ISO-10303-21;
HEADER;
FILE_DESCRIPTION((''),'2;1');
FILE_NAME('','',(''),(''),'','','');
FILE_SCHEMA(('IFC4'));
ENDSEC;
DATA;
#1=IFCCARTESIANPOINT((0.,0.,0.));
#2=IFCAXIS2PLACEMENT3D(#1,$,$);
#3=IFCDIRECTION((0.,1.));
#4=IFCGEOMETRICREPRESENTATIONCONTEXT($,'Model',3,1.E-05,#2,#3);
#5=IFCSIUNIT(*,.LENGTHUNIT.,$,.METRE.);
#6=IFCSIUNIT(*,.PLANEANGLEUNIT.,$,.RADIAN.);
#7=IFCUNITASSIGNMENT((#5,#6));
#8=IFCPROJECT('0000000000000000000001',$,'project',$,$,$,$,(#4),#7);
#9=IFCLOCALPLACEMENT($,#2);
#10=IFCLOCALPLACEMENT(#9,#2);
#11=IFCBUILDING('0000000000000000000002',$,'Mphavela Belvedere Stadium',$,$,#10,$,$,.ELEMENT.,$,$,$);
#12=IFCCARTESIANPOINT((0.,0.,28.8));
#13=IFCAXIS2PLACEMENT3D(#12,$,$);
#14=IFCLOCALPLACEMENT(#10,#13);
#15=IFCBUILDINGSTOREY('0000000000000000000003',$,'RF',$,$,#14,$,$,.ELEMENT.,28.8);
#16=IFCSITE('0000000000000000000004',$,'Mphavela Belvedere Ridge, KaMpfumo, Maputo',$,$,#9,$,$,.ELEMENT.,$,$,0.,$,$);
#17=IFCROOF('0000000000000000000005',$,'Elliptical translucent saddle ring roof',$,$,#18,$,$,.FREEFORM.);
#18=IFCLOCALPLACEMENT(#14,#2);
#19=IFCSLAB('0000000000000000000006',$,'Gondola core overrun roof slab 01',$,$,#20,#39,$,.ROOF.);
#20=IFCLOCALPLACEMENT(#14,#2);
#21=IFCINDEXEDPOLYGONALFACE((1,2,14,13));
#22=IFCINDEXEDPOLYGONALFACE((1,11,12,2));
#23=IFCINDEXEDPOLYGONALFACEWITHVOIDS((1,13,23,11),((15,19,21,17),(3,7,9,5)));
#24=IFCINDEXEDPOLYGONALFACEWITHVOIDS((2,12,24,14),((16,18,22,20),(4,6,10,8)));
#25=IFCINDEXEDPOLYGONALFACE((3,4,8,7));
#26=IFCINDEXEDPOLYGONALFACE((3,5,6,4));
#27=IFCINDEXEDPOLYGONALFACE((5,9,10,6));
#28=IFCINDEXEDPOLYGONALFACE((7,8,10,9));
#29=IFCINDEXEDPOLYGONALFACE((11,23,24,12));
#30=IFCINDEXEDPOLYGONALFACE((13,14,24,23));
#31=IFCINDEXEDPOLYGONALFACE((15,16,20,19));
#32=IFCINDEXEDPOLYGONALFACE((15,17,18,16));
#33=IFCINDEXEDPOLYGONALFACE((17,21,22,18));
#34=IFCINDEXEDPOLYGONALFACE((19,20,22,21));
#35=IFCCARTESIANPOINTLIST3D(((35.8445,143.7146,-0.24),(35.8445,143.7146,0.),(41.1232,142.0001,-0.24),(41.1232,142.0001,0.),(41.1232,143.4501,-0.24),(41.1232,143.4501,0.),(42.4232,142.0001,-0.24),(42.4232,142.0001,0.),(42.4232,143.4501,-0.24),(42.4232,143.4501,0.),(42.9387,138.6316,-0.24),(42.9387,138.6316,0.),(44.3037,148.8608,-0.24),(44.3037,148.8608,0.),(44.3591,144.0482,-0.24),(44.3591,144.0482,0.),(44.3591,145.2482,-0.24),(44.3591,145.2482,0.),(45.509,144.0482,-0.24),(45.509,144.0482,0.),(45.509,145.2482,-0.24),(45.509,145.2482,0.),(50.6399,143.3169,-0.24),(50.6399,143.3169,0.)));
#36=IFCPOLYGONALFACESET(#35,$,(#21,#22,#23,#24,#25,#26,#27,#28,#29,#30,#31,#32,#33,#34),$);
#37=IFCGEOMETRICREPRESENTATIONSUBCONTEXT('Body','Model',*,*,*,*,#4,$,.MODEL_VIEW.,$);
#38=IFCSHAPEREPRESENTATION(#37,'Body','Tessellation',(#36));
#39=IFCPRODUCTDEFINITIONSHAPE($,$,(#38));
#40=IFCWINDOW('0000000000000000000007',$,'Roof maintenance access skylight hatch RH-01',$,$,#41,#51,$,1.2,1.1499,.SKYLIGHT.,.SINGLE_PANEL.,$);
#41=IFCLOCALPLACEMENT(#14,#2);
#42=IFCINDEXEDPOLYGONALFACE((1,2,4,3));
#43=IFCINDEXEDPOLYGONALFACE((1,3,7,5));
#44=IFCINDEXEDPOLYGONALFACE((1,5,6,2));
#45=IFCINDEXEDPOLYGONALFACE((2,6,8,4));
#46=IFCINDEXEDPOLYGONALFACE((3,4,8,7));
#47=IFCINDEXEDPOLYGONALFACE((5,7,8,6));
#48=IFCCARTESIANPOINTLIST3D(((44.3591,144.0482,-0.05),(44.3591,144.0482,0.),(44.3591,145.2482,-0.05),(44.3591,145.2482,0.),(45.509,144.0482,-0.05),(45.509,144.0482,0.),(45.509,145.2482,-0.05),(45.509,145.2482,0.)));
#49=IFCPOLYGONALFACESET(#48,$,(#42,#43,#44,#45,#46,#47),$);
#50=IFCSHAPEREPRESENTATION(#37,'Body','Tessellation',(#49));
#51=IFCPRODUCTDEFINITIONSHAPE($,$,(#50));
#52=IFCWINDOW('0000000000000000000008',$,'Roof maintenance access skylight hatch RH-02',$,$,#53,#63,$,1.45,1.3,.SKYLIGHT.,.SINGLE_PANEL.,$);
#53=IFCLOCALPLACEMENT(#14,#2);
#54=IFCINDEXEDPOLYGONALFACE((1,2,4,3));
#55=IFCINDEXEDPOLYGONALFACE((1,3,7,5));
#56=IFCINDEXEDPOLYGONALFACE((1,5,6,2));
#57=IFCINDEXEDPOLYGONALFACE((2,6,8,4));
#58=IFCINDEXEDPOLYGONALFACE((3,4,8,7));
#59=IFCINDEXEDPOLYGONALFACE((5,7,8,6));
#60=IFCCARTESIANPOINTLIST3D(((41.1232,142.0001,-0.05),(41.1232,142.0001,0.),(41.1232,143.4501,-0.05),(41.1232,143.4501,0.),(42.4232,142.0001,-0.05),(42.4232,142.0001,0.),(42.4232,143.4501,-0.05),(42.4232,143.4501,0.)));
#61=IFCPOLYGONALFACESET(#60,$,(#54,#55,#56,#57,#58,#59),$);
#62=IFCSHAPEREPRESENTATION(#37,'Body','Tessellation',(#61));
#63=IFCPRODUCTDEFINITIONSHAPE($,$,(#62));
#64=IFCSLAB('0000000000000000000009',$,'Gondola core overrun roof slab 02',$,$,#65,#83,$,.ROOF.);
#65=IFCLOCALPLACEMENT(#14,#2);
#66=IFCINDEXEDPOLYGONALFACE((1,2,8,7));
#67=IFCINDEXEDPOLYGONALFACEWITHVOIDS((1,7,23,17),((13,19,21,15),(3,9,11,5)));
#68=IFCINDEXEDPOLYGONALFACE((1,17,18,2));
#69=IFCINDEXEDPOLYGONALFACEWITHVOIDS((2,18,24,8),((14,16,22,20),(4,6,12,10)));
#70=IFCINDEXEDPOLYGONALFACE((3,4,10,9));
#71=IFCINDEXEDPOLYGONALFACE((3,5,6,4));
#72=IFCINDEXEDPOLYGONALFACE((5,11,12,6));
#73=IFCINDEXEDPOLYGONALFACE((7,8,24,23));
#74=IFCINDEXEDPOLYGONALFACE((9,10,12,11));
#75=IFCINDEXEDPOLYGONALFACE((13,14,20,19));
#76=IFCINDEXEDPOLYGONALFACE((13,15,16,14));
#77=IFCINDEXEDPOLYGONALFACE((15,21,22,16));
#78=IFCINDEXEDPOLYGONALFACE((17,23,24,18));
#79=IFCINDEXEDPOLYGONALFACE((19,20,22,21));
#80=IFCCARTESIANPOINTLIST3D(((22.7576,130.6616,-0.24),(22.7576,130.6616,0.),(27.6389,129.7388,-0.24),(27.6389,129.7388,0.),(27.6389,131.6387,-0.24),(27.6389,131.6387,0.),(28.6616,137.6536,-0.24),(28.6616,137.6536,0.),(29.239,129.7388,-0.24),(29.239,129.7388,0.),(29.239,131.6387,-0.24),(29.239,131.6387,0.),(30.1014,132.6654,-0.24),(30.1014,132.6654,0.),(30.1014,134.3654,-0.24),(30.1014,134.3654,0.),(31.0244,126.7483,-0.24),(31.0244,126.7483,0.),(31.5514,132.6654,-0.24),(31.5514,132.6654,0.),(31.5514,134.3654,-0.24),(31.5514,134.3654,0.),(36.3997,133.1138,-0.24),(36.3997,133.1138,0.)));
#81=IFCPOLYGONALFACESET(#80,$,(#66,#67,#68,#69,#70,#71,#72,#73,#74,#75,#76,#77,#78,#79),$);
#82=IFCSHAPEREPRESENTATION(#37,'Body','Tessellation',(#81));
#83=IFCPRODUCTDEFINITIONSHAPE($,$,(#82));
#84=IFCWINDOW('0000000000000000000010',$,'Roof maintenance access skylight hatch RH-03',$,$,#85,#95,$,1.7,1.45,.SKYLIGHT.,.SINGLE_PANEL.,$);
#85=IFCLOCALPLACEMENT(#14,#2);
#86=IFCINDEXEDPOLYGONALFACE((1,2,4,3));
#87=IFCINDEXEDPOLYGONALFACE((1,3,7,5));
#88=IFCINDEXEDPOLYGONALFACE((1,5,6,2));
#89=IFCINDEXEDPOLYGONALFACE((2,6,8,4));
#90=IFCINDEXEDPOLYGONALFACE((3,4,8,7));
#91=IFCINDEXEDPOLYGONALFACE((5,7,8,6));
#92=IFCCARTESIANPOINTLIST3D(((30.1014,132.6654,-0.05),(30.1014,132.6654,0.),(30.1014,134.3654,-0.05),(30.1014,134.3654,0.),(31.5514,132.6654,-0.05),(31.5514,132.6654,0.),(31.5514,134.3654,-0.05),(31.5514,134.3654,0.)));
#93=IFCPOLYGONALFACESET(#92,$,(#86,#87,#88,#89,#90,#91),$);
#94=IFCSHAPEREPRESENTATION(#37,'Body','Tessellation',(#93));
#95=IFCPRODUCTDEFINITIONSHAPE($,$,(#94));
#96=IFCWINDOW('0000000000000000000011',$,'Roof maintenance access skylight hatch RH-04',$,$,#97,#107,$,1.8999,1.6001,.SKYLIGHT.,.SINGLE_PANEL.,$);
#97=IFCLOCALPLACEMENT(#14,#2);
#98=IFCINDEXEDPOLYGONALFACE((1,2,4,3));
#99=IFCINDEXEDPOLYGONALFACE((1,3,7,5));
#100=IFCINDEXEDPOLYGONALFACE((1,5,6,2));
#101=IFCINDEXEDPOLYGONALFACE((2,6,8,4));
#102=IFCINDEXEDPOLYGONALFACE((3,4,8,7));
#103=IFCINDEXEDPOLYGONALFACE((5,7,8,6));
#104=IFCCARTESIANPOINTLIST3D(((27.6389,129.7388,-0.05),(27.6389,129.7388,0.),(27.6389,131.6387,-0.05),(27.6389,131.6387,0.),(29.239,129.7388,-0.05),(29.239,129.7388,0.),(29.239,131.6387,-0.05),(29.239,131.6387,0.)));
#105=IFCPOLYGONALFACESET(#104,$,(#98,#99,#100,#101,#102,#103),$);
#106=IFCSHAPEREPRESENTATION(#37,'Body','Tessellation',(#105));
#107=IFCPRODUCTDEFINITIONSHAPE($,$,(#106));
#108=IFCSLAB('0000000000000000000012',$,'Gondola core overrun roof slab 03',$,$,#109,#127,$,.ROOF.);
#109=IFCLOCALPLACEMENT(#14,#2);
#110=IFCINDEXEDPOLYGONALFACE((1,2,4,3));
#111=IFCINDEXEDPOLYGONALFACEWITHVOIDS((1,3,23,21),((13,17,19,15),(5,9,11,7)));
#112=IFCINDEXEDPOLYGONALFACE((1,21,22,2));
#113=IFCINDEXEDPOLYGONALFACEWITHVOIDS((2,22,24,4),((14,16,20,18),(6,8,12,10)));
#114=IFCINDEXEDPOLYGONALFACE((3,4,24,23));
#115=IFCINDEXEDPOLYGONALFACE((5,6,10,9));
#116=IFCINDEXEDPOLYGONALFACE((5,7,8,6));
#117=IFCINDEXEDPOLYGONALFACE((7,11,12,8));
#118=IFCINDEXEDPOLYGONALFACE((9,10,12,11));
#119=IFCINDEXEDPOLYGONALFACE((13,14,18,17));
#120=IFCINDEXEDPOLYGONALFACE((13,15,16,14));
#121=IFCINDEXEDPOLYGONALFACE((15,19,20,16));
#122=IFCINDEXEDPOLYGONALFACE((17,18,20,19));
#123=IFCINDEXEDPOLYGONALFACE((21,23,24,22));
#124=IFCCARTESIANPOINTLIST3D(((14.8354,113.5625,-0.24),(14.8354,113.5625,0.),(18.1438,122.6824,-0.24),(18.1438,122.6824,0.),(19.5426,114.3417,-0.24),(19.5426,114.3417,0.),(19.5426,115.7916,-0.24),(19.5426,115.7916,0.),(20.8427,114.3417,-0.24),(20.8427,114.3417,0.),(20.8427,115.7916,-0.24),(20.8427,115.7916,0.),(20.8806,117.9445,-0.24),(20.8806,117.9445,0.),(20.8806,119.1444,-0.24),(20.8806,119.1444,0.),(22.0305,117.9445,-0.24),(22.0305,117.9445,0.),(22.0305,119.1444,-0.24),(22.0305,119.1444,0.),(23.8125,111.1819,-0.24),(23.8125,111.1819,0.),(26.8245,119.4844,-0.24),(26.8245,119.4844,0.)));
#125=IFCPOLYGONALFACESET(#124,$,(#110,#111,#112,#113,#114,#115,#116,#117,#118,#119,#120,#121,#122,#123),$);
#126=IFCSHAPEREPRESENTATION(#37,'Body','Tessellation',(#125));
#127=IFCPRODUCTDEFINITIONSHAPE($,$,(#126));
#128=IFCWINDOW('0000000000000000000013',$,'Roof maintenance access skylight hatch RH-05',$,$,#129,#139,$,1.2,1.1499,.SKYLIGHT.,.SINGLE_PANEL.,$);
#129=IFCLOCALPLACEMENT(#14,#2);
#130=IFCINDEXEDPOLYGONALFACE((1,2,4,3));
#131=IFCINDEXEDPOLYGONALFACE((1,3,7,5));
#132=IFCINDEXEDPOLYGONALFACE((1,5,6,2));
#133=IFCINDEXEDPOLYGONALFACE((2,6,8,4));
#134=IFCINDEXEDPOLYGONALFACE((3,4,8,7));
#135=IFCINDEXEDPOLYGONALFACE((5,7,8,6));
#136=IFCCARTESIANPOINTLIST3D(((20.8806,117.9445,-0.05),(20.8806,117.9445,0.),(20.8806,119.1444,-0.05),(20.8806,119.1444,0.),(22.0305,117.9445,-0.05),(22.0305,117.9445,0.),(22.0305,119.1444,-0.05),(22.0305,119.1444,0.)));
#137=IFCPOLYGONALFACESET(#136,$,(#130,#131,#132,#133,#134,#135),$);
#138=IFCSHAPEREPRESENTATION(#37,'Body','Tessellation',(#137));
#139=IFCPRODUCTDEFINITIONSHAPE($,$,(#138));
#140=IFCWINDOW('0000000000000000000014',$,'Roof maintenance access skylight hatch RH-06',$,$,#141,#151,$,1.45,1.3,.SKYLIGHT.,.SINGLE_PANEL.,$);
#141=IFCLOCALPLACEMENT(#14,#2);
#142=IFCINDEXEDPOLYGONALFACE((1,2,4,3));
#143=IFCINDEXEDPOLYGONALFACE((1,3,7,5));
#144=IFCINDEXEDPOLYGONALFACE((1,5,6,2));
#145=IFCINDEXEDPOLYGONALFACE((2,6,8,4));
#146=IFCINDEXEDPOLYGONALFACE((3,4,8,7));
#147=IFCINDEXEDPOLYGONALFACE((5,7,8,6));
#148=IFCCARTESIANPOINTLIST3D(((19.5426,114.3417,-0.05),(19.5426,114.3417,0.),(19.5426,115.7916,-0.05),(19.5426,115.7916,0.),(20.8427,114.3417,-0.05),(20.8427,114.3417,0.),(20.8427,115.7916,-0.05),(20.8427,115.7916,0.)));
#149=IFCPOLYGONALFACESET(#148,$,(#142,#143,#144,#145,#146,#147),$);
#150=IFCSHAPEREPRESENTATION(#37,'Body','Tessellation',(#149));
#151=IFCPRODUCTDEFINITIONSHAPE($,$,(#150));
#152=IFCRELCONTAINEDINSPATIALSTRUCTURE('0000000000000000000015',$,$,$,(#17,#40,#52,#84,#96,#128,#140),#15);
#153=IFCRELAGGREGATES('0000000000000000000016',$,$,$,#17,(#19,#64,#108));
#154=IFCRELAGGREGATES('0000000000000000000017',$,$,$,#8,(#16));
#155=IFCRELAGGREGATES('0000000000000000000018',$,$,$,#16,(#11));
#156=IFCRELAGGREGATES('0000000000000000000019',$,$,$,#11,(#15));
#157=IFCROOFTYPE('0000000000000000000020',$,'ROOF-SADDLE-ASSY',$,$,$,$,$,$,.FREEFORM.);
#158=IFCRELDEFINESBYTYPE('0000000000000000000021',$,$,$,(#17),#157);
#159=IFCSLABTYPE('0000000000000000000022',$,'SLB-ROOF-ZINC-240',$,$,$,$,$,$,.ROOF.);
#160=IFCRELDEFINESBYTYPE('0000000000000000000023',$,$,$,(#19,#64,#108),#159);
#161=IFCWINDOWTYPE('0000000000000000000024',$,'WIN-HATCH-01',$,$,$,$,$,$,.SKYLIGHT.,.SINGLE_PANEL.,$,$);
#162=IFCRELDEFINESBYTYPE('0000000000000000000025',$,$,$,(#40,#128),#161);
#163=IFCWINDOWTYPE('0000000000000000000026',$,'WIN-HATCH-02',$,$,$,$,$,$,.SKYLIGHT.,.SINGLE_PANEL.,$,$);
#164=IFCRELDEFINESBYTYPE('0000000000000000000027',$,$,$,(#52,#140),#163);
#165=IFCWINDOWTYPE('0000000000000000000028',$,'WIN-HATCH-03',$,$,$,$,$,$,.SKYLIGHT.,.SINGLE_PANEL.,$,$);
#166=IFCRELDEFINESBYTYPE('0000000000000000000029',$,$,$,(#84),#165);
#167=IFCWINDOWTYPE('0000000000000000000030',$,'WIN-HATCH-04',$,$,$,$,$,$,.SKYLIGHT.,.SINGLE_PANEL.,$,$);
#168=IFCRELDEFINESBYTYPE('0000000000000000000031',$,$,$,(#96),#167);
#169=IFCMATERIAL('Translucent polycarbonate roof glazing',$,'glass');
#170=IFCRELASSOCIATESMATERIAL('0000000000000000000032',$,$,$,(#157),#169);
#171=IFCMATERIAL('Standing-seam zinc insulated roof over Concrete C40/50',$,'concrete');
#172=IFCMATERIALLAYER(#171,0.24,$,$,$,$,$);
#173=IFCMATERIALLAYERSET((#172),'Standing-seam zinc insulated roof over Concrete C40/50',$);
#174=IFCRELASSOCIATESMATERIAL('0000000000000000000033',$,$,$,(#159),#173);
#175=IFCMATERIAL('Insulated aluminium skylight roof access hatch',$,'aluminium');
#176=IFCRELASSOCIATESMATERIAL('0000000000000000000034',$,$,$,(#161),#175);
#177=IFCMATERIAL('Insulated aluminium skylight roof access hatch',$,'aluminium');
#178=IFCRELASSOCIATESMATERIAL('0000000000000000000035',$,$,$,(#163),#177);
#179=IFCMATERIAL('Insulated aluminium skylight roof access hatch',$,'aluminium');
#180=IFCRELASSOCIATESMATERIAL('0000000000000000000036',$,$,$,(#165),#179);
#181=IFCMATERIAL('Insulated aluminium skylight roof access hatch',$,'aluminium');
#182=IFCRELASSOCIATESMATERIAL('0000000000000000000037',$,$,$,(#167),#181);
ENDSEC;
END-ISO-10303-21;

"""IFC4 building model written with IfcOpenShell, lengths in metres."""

from ifc_helpers import new_model, si_unit, direction, frame, origin, origin_2d, place, context, subcontext, project, spatial, polyline, rectangle, outline, extrude, material, layer, layer_set, type_object, element, fill, aggregate, save


model = new_model("IFC4")

# Units and contexts
model_context = context("Model", 3, precision=1e-05, world=origin(), true_north=direction((0.0, 1.0)))
body_context = subcontext(model_context, "Body", "Model", "MODEL_VIEW")
ifc_project = project(units=[si_unit("LENGTHUNIT", "METRE"), si_unit("PLANEANGLEUNIT", "RADIAN")], contexts=[model_context])

# Site, building, storey
site_placement = place(None, origin())
site = spatial("IfcSite", under=ifc_project, at=site_placement, Name="Mphavela Belvedere Ridge, KaMpfumo, Maputo", CompositionType="ELEMENT", RefElevation=0.0)
building_placement = place(site_placement, origin())
building = spatial("IfcBuilding", under=site, at=building_placement, Name="Mphavela Belvedere Stadium", CompositionType="ELEMENT")
storey_placement = place(building_placement, frame((0.0, 0.0, 28.8)))
storey = spatial("IfcBuildingStorey", under=building, at=storey_placement, Name="RF", CompositionType="ELEMENT", Elevation=28.8)

# Roof, slabs, openings, windows
ifc_material_1 = material(Name="Translucent polycarbonate roof glazing", Category="glass")
roof_type = type_object("IfcRoofType", Name="ROOF-SADDLE-ASSY", PredefinedType="FREEFORM", material=ifc_material_1)
roof_placement = place(storey_placement, origin())
roof = element("IfcRoof", 1, at=roof_placement, inside=storey, type_object=roof_type, Name="Elliptical translucent saddle ring roof", PredefinedType="FREEFORM")
ifc_material_2 = material(Name="Standing-seam zinc insulated roof over Concrete C40/50", Category="concrete")
ifc_layer_1 = layer(ifc_material_2, 0.24)
ifc_layer_set_1 = layer_set([ifc_layer_1], Name="Standing-seam zinc insulated roof over Concrete C40/50")
slab_type = type_object("IfcSlabType", Name="SLB-ROOF-ZINC-240", PredefinedType="ROOF", material=ifc_layer_set_1)
slab_1_placement = place(storey_placement, frame((0.0, 0.0, -0.24)))
slab_1 = element("IfcSlab", 2, at=slab_1_placement, type_object=slab_type, Name="Gondola core overrun roof slab 01", PredefinedType="ROOF", context=body_context, shape_type="SweptSolid", body=[
    extrude(outline(polyline([(50.6399, 143.3169), (42.9387, 138.6316), (35.8445, 143.7146), (44.3037, 148.8608), (50.6399, 143.3169)])), origin(), (0.0, 0.0, 1.0), 0.24),
])
opening_1_placement = place(slab_1_placement, frame((44.9341, 144.6482, 0.0)))
opening_1 = element("IfcOpeningElement", 3, at=opening_1_placement, cuts=slab_1, PredefinedType="OPENING", context=body_context, shape_type="SweptSolid", body=[
    extrude(rectangle(XDim=1.1499, YDim=1.2, at=origin_2d()), origin(), (0.0, 0.0, 1.0), 0.24),
])
opening_2_placement = place(slab_1_placement, frame((41.7732, 142.7251, 0.0)))
opening_2 = element("IfcOpeningElement", 4, at=opening_2_placement, cuts=slab_1, PredefinedType="OPENING", context=body_context, shape_type="SweptSolid", body=[
    extrude(rectangle(XDim=1.3, YDim=1.45, at=origin_2d()), origin(), (0.0, 0.0, 1.0), 0.24),
])
ifc_material_3 = material(Name="Insulated aluminium skylight roof access hatch", Category="aluminium")
window_type_1 = type_object("IfcWindowType", Name="WIN-HATCH-01", PartitioningType="SINGLE_PANEL", PredefinedType="SKYLIGHT", material=ifc_material_3)
window_1_placement = place(opening_1_placement, frame((0.0, 0.0, 0.1899)))
window_1 = element("IfcWindow", 5, at=window_1_placement, inside=storey, type_object=window_type_1, Name="Roof maintenance access skylight hatch RH-01", OverallHeight=1.2, OverallWidth=1.1499, PartitioningType="SINGLE_PANEL", PredefinedType="SKYLIGHT", context=body_context, shape_type="SweptSolid", body=[
    extrude(rectangle(XDim=1.1499, YDim=1.2, at=origin_2d()), origin(), (0.0, 0.0, 1.0), 0.05),
])
fill(opening_1, window_1)
ifc_material_4 = material(Name="Insulated aluminium skylight roof access hatch", Category="aluminium")
window_type_2 = type_object("IfcWindowType", Name="WIN-HATCH-02", PartitioningType="SINGLE_PANEL", PredefinedType="SKYLIGHT", material=ifc_material_4)
window_2_placement = place(opening_2_placement, frame((0.0, 0.0, 0.1899)))
window_2 = element("IfcWindow", 6, at=window_2_placement, inside=storey, type_object=window_type_2, Name="Roof maintenance access skylight hatch RH-02", OverallHeight=1.45, OverallWidth=1.3, PartitioningType="SINGLE_PANEL", PredefinedType="SKYLIGHT", context=body_context, shape_type="SweptSolid", body=[
    extrude(rectangle(XDim=1.3, YDim=1.45, at=origin_2d()), origin(), (0.0, 0.0, 1.0), 0.05),
])
fill(opening_2, window_2)
slab_2_placement = place(storey_placement, frame((0.0, 0.0, -0.24)))
slab_2 = element("IfcSlab", 7, at=slab_2_placement, type_object=slab_type, Name="Gondola core overrun roof slab 02", PredefinedType="ROOF", context=body_context, shape_type="SweptSolid", body=[
    extrude(outline(polyline([(36.3997, 133.1138), (31.0244, 126.7483), (22.7576, 130.6616), (28.6616, 137.6536), (36.3997, 133.1138)])), origin(), (0.0, 0.0, 1.0), 0.24),
])
opening_3_placement = place(slab_2_placement, frame((30.8264, 133.5154, 0.0)))
opening_3 = element("IfcOpeningElement", 8, at=opening_3_placement, cuts=slab_2, PredefinedType="OPENING", context=body_context, shape_type="SweptSolid", body=[
    extrude(rectangle(XDim=1.45, YDim=1.7, at=origin_2d()), origin(), (0.0, 0.0, 1.0), 0.24),
])
opening_4_placement = place(slab_2_placement, frame((28.439, 130.6887, 0.0)))
opening_4 = element("IfcOpeningElement", 9, at=opening_4_placement, cuts=slab_2, PredefinedType="OPENING", context=body_context, shape_type="SweptSolid", body=[
    extrude(rectangle(XDim=1.6001, YDim=1.8999, at=origin_2d()), origin(), (0.0, 0.0, 1.0), 0.24),
])
ifc_material_5 = material(Name="Insulated aluminium skylight roof access hatch", Category="aluminium")
window_type_3 = type_object("IfcWindowType", Name="WIN-HATCH-03", PartitioningType="SINGLE_PANEL", PredefinedType="SKYLIGHT", material=ifc_material_5)
window_3_placement = place(opening_3_placement, frame((0.0, 0.0, 0.1899)))
window_3 = element("IfcWindow", 10, at=window_3_placement, inside=storey, type_object=window_type_3, Name="Roof maintenance access skylight hatch RH-03", OverallHeight=1.7, OverallWidth=1.45, PartitioningType="SINGLE_PANEL", PredefinedType="SKYLIGHT", context=body_context, shape_type="SweptSolid", body=[
    extrude(rectangle(XDim=1.45, YDim=1.7, at=origin_2d()), origin(), (0.0, 0.0, 1.0), 0.05),
])
fill(opening_3, window_3)
ifc_material_6 = material(Name="Insulated aluminium skylight roof access hatch", Category="aluminium")
window_type_4 = type_object("IfcWindowType", Name="WIN-HATCH-04", PartitioningType="SINGLE_PANEL", PredefinedType="SKYLIGHT", material=ifc_material_6)
window_4_placement = place(opening_4_placement, frame((0.0, 0.0, 0.1899)))
window_4 = element("IfcWindow", 11, at=window_4_placement, inside=storey, type_object=window_type_4, Name="Roof maintenance access skylight hatch RH-04", OverallHeight=1.8999, OverallWidth=1.6001, PartitioningType="SINGLE_PANEL", PredefinedType="SKYLIGHT", context=body_context, shape_type="SweptSolid", body=[
    extrude(rectangle(XDim=1.6001, YDim=1.8999, at=origin_2d()), origin(), (0.0, 0.0, 1.0), 0.05),
])
fill(opening_4, window_4)
slab_3_placement = place(storey_placement, frame((0.0, 0.0, -0.24)))
slab_3 = element("IfcSlab", 12, at=slab_3_placement, type_object=slab_type, Name="Gondola core overrun roof slab 03", PredefinedType="ROOF", context=body_context, shape_type="SweptSolid", body=[
    extrude(outline(polyline([(26.8245, 119.4844), (23.8125, 111.1819), (14.8354, 113.5625), (18.1438, 122.6824), (26.8245, 119.4844)])), origin(), (0.0, 0.0, 1.0), 0.24),
])
opening_5_placement = place(slab_3_placement, frame((21.4556, 118.5444, 0.0)))
opening_5 = element("IfcOpeningElement", 13, at=opening_5_placement, cuts=slab_3, PredefinedType="OPENING", context=body_context, shape_type="SweptSolid", body=[
    extrude(rectangle(XDim=1.1499, YDim=1.2, at=origin_2d()), origin(), (0.0, 0.0, 1.0), 0.24),
])
opening_6_placement = place(slab_3_placement, frame((20.1926, 115.0667, 0.0)))
opening_6 = element("IfcOpeningElement", 14, at=opening_6_placement, cuts=slab_3, PredefinedType="OPENING", context=body_context, shape_type="SweptSolid", body=[
    extrude(rectangle(XDim=1.3, YDim=1.45, at=origin_2d()), origin(), (0.0, 0.0, 1.0), 0.24),
])
window_5_placement = place(opening_5_placement, frame((0.0, 0.0, 0.1899)))
window_5 = element("IfcWindow", 15, at=window_5_placement, inside=storey, type_object=window_type_1, Name="Roof maintenance access skylight hatch RH-05", OverallHeight=1.2, OverallWidth=1.1499, PartitioningType="SINGLE_PANEL", PredefinedType="SKYLIGHT", context=body_context, shape_type="SweptSolid", body=[
    extrude(rectangle(XDim=1.1499, YDim=1.2, at=origin_2d()), origin(), (0.0, 0.0, 1.0), 0.05),
])
fill(opening_5, window_5)
window_6_placement = place(opening_6_placement, frame((0.0, 0.0, 0.1899)))
window_6 = element("IfcWindow", 16, at=window_6_placement, inside=storey, type_object=window_type_2, Name="Roof maintenance access skylight hatch RH-06", OverallHeight=1.45, OverallWidth=1.3, PartitioningType="SINGLE_PANEL", PredefinedType="SKYLIGHT", context=body_context, shape_type="SweptSolid", body=[
    extrude(rectangle(XDim=1.3, YDim=1.45, at=origin_2d()), origin(), (0.0, 0.0, 1.0), 0.05),
])
fill(opening_6, window_6)
aggregate(roof, [slab_1, slab_2, slab_3])

save(model, "model.ifc")
